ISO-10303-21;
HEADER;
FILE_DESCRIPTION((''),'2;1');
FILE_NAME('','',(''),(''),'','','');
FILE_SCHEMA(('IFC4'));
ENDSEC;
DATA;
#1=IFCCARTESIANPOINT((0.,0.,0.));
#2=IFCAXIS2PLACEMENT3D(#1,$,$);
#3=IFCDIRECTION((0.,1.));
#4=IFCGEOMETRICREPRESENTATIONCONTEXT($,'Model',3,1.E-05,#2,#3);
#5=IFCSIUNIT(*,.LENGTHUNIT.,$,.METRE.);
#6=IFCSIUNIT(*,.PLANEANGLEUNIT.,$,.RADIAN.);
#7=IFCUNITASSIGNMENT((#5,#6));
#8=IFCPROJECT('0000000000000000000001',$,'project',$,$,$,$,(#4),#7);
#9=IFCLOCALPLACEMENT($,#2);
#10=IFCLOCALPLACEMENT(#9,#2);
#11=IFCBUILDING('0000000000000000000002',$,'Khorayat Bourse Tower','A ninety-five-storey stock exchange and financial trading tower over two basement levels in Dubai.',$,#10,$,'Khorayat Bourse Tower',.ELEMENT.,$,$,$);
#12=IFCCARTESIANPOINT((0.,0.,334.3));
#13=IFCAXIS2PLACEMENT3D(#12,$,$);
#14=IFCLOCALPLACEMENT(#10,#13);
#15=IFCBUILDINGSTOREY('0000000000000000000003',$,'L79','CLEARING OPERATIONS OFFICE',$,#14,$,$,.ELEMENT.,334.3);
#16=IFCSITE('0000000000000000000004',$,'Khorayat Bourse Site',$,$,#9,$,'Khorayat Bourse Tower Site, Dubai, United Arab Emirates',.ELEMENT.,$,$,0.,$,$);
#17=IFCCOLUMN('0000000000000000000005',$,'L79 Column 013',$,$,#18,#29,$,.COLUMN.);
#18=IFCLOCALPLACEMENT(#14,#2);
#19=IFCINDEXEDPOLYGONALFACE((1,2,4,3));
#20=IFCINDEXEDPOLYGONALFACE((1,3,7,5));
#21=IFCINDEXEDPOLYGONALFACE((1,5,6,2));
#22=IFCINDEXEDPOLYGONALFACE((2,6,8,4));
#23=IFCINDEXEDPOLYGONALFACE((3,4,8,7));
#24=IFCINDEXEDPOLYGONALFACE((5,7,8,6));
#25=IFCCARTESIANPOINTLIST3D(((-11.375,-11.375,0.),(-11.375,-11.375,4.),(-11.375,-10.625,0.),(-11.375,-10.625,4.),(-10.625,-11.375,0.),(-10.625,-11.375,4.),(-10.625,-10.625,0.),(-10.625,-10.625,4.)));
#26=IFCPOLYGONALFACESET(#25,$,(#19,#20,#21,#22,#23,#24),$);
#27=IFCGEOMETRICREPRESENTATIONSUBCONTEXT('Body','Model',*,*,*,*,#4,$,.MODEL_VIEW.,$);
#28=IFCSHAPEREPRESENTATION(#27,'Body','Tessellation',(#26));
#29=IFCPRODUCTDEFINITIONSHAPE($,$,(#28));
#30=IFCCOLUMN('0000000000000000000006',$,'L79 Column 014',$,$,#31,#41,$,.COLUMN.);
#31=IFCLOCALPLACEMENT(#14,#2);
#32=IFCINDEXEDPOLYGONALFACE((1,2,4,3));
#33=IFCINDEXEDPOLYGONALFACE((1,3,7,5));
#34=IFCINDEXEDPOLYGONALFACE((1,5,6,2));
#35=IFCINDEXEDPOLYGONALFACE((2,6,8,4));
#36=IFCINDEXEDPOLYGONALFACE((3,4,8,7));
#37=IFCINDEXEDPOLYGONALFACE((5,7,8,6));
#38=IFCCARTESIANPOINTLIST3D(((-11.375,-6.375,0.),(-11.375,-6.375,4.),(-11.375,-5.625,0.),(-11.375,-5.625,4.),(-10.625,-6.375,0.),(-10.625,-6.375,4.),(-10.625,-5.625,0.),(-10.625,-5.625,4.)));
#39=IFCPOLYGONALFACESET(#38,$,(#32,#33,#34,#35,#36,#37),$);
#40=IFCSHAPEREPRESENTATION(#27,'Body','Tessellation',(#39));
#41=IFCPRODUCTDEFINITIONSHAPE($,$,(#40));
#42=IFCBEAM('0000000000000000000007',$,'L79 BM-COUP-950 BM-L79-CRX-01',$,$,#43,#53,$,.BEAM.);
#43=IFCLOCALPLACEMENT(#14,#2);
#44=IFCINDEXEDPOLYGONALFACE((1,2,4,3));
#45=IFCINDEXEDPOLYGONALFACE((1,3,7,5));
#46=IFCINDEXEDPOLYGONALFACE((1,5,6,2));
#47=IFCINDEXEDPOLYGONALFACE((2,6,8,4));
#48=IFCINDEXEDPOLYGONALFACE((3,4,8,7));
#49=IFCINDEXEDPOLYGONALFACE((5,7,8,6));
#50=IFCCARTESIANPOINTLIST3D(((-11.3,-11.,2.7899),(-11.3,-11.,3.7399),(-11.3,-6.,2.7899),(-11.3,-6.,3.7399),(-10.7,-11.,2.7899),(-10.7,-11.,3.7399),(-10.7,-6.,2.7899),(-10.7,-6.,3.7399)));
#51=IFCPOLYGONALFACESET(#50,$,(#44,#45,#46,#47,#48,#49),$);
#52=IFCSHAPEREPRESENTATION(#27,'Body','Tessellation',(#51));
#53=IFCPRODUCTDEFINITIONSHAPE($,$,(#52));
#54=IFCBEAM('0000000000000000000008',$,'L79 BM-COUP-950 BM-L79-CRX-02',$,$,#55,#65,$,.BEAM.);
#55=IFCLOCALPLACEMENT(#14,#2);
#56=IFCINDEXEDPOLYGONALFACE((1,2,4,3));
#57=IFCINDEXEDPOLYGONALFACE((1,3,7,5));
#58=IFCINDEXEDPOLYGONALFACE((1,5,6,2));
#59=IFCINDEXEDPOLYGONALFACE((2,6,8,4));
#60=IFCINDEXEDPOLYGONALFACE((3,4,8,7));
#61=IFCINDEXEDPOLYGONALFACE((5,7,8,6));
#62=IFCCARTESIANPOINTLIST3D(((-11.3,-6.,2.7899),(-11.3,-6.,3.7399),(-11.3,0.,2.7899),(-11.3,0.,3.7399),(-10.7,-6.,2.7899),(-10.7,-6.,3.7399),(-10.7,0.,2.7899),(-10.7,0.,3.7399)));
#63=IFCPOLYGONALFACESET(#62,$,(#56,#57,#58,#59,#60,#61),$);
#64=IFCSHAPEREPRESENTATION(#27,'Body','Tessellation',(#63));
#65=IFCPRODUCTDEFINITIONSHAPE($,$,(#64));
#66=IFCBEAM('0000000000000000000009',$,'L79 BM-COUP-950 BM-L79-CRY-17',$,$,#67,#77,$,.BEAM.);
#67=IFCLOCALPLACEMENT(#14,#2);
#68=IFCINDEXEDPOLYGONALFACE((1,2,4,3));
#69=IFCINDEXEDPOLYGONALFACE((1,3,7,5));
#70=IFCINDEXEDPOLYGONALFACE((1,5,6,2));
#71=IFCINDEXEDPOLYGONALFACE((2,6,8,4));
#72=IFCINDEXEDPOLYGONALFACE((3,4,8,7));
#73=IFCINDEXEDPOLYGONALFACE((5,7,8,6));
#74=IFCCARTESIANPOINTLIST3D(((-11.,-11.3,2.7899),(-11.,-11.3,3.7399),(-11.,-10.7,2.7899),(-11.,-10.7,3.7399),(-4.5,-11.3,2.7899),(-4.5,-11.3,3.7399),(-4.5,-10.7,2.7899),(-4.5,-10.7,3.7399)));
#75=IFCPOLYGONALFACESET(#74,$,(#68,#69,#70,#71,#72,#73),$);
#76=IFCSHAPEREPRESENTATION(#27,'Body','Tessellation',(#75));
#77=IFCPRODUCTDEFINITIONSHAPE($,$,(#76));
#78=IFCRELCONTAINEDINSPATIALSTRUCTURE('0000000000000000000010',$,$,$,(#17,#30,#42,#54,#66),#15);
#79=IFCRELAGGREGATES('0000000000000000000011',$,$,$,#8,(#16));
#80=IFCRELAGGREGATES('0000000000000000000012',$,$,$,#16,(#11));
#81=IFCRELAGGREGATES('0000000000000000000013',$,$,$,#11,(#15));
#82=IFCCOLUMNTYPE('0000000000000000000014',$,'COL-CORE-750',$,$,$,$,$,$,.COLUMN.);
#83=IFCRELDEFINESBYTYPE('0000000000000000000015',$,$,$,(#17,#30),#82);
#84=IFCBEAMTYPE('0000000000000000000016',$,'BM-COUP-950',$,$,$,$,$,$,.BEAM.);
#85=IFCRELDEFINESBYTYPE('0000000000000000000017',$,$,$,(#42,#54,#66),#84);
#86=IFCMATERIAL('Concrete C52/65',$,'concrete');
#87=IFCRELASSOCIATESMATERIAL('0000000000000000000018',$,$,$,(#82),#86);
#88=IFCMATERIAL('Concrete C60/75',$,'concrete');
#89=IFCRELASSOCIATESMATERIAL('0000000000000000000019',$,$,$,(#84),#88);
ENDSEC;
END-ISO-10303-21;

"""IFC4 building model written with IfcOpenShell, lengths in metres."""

from ifc_helpers import new_model, si_unit, direction, frame, origin, origin_2d, place, context, subcontext, project, spatial, rectangle, extrude, source, transform, mapped, material, material_profile, profile_set, type_object, element, save


model = new_model("IFC4")

# Units and contexts
model_context = context("Model", 3, precision=1e-05, world=origin(), true_north=direction((0.0, 1.0)))
body_context = subcontext(model_context, "Body", "Model", "MODEL_VIEW")
ifc_project = project(units=[si_unit("LENGTHUNIT", "METRE"), si_unit("PLANEANGLEUNIT", "RADIAN")], contexts=[model_context])

# Site, building, storey
site_placement = place(None, origin())
site = spatial("IfcSite", under=ifc_project, at=site_placement, Name="Khorayat Bourse Site", LongName="Khorayat Bourse Tower Site, Dubai, United Arab Emirates", CompositionType="ELEMENT", RefElevation=0.0)
building_placement = place(site_placement, origin())
building = spatial("IfcBuilding", under=site, at=building_placement, Name="Khorayat Bourse Tower", Description="A ninety-five-storey stock exchange and financial trading tower over two basement levels in Dubai.", LongName="Khorayat Bourse Tower", CompositionType="ELEMENT")
storey_placement = place(building_placement, frame((0.0, 0.0, 334.3)))
storey = spatial("IfcBuildingStorey", under=building, at=storey_placement, Name="L79", Description="CLEARING OPERATIONS OFFICE", CompositionType="ELEMENT", Elevation=334.3)

# Columns
ifc_material_1 = material(Name="Concrete C52/65", Category="concrete")
ifc_material_profile_1 = material_profile(ifc_material_1, rectangle(XDim=0.75, YDim=0.75, at=origin_2d()), Name="RC 750x750")
ifc_profile_set_1 = profile_set([ifc_material_profile_1], Name="Concrete C52/65")
column_type = type_object("IfcColumnType", Name="COL-CORE-750", PredefinedType="COLUMN", material=ifc_profile_set_1)
shared_shape_1 = source(origin(), body_context, "Body", "SweptSolid", [
    extrude(rectangle(XDim=0.75, YDim=0.75, at=origin_2d()), origin(), (0.0, 0.0, 1.0), 4.0),
])
for number, where, z_axis, x_axis, name in (
    (1, (-11.0, -11.0, 0.0), (0.0, 0.0, 1.0), (1.0, 0.0, 0.0), "L79 Column 013"),
    (2, (-11.0, -6.0, 0.0), (0.0, 0.0, 1.0), (1.0, 0.0, 0.0), "L79 Column 014"),
):
    element("IfcColumn", number, at=place(storey_placement, frame(where, z_axis=z_axis, x_axis=x_axis)), inside=storey, type_object=column_type, Name=name, PredefinedType="COLUMN", context=body_context, shape_type="MappedRepresentation", body=[
        mapped(shared_shape_1, transform((0.0, 0.0, 0.0), scale=1.0)),
    ])

# Beams
ifc_material_2 = material(Name="Concrete C60/75", Category="concrete")
ifc_material_profile_2 = material_profile(ifc_material_2, rectangle(XDim=0.6001, YDim=0.95, at=origin_2d()), Name="RC 600x950")
ifc_profile_set_2 = profile_set([ifc_material_profile_2], Name="Concrete C60/75")
beam_type = type_object("IfcBeamType", Name="BM-COUP-950", PredefinedType="BEAM", material=ifc_profile_set_2)
shared_shape_2 = source(origin(), body_context, "Body", "SweptSolid", [
    extrude(rectangle(XDim=0.6001, YDim=0.95, at=origin_2d()), origin(), (0.0, 0.0, 1.0), 5.0),
])
beam_1_placement = place(storey_placement, frame((-11.0, -11.0, 3.2649), z_axis=(0.0, 1.0, 0.0), x_axis=(-1.0, 0.0, 0.0)))
element("IfcBeam", 3, at=beam_1_placement, inside=storey, type_object=beam_type, Name="L79 BM-COUP-950 BM-L79-CRX-01", PredefinedType="BEAM", context=body_context, shape_type="MappedRepresentation", body=[
    mapped(shared_shape_2, transform((0.0, 0.0, 0.0), scale=1.0)),
])
shared_shape_3 = source(origin(), body_context, "Body", "SweptSolid", [
    extrude(rectangle(XDim=0.6001, YDim=0.95, at=origin_2d()), origin(), (0.0, 0.0, 1.0), 6.0),
])
beam_2_placement = place(storey_placement, frame((-11.0, -6.0, 3.2649), z_axis=(0.0, 1.0, 0.0), x_axis=(-1.0, 0.0, 0.0)))
element("IfcBeam", 4, at=beam_2_placement, inside=storey, type_object=beam_type, Name="L79 BM-COUP-950 BM-L79-CRX-02", PredefinedType="BEAM", context=body_context, shape_type="MappedRepresentation", body=[
    mapped(shared_shape_3, transform((0.0, 0.0, 0.0), scale=1.0)),
])
shared_shape_4 = source(origin(), body_context, "Body", "SweptSolid", [
    extrude(rectangle(XDim=0.6001, YDim=0.95, at=origin_2d()), origin(), (0.0, 0.0, 1.0), 6.5),
])
beam_3_placement = place(storey_placement, frame((-11.0, -11.0, 3.2649), z_axis=(1.0, 0.0, 0.0), x_axis=(0.0, 1.0, 0.0)))
element("IfcBeam", 5, at=beam_3_placement, inside=storey, type_object=beam_type, Name="L79 BM-COUP-950 BM-L79-CRY-17", PredefinedType="BEAM", context=body_context, shape_type="MappedRepresentation", body=[
    mapped(shared_shape_4, transform((0.0, 0.0, 0.0), scale=1.0)),
])

save(model, "model.ifc")
